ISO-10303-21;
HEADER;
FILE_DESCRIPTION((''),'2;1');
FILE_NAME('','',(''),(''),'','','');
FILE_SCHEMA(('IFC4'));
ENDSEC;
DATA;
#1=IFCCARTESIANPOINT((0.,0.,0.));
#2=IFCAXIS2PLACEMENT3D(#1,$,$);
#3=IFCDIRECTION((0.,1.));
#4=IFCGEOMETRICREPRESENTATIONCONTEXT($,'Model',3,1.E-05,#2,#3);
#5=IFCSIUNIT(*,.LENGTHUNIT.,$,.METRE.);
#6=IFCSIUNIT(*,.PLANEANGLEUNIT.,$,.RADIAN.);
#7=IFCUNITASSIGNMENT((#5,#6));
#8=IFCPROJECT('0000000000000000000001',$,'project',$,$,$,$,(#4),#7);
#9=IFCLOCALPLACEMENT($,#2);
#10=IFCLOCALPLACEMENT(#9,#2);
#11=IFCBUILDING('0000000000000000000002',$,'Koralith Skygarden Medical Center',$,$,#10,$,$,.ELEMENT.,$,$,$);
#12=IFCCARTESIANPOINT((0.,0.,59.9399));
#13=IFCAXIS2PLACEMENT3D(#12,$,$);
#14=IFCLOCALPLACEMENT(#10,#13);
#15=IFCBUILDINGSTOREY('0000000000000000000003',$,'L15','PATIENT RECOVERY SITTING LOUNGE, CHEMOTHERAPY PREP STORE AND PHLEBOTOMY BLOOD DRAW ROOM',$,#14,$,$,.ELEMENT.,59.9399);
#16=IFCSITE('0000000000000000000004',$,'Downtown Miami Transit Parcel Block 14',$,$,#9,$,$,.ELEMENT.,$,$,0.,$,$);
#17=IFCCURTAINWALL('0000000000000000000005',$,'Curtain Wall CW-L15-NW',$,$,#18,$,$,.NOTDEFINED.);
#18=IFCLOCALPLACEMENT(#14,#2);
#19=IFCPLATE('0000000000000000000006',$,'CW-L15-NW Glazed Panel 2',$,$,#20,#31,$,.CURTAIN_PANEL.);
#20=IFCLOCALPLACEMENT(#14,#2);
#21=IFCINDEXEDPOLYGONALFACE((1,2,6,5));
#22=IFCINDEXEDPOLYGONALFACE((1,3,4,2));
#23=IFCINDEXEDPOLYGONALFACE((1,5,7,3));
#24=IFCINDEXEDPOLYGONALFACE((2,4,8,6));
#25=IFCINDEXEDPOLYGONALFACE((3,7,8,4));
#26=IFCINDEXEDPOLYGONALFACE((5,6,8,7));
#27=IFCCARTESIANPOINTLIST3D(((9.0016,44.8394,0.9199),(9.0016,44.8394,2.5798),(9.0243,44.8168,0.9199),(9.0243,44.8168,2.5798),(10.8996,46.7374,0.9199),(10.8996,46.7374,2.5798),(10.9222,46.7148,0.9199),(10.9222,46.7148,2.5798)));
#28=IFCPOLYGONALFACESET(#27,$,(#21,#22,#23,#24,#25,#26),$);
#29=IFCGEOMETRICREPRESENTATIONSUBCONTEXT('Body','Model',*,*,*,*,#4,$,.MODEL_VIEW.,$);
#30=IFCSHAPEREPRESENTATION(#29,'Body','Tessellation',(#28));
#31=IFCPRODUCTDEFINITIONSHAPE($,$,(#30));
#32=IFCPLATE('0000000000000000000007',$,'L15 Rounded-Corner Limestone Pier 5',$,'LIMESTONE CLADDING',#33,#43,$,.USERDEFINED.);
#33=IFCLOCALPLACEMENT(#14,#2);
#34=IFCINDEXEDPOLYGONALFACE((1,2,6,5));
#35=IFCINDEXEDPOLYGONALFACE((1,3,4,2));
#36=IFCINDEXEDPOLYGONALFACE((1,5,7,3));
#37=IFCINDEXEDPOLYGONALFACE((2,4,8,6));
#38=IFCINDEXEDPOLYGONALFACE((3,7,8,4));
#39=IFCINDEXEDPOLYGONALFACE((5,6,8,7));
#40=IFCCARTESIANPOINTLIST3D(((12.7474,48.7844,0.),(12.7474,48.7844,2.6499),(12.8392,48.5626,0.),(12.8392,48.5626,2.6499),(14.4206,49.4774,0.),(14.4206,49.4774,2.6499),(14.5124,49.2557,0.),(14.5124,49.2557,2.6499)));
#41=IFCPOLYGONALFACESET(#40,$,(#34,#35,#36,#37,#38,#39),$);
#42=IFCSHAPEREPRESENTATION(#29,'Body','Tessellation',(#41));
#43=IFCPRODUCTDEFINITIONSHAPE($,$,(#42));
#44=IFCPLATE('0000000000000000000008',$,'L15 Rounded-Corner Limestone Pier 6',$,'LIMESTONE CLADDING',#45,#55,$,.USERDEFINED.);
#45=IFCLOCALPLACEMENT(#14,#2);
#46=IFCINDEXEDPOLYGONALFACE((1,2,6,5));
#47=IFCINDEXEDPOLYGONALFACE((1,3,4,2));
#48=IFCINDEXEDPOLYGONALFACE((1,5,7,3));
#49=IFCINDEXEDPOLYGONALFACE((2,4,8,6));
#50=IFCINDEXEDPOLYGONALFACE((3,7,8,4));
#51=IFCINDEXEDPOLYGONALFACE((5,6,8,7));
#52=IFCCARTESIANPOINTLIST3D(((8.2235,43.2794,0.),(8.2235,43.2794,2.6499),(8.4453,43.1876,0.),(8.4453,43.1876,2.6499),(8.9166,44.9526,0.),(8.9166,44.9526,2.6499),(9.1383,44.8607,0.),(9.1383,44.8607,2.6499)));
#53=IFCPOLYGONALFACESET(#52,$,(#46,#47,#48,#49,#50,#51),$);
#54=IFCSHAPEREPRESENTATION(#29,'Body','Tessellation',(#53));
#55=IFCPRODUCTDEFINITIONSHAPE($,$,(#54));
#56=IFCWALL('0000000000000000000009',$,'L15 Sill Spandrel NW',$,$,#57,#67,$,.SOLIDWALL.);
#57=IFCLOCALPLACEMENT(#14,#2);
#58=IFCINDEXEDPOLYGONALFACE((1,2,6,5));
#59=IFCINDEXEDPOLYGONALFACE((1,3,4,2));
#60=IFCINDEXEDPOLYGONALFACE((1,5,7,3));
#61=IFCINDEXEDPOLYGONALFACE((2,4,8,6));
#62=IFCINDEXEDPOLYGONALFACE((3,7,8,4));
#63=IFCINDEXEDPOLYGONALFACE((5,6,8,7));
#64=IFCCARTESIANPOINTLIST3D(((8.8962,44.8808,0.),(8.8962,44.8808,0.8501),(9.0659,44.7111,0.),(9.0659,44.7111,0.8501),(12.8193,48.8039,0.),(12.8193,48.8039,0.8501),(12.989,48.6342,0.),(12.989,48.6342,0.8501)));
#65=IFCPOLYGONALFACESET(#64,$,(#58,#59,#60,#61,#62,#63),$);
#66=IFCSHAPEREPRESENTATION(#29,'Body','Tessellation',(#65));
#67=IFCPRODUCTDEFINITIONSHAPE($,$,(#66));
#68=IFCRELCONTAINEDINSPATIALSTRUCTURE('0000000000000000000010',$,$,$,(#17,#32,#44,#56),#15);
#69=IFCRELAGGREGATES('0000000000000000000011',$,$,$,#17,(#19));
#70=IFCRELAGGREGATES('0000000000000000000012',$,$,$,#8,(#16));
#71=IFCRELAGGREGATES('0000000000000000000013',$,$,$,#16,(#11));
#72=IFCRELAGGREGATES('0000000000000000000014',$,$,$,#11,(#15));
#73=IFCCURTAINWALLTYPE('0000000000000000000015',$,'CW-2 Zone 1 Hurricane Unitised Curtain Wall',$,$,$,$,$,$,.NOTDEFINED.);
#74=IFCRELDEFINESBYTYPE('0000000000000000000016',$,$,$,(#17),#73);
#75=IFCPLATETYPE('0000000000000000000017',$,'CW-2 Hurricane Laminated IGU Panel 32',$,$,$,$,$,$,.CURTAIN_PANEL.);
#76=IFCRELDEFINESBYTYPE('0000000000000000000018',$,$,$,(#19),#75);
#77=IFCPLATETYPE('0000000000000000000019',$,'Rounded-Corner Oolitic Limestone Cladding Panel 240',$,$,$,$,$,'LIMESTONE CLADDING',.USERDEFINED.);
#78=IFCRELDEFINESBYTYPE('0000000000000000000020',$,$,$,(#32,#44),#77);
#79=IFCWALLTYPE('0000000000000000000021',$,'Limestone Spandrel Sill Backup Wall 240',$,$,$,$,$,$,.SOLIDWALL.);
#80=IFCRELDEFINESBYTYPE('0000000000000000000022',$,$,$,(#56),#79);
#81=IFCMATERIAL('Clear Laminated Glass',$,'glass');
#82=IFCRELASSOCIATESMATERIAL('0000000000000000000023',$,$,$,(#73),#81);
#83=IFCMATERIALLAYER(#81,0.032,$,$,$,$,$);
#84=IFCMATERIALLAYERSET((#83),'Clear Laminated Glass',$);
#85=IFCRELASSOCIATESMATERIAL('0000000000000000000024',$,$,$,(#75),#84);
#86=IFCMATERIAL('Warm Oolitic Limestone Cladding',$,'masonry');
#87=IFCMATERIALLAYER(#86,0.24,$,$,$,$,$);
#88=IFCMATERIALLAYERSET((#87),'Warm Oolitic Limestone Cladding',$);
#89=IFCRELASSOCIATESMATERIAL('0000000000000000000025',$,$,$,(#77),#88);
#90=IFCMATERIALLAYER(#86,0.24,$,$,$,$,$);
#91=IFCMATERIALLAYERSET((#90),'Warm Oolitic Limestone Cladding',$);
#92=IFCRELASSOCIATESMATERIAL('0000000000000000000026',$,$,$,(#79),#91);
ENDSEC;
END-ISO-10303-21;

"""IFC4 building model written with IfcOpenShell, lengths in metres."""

from ifc_helpers import new_model, si_unit, direction, frame, frame_2d, origin, origin_2d, place, context, subcontext, project, spatial, rectangle, extrude, material, layer, layer_set, type_object, element, aggregate, save


model = new_model("IFC4")

# Units and contexts
model_context = context("Model", 3, precision=1e-05, world=origin(), true_north=direction((0.0, 1.0)))
body_context = subcontext(model_context, "Body", "Model", "MODEL_VIEW")
ifc_project = project(units=[si_unit("LENGTHUNIT", "METRE"), si_unit("PLANEANGLEUNIT", "RADIAN")], contexts=[model_context])

# Site, building, storey
site_placement = place(None, origin())
site = spatial("IfcSite", under=ifc_project, at=site_placement, Name="Downtown Miami Transit Parcel Block 14", CompositionType="ELEMENT", RefElevation=0.0)
building_placement = place(site_placement, origin())
building = spatial("IfcBuilding", under=site, at=building_placement, Name="Koralith Skygarden Medical Center", CompositionType="ELEMENT")
storey_placement = place(building_placement, frame((0.0, 0.0, 59.9399)))
storey = spatial("IfcBuildingStorey", under=building, at=storey_placement, Name="L15", Description="PATIENT RECOVERY SITTING LOUNGE, CHEMOTHERAPY PREP STORE AND PHLEBOTOMY BLOOD DRAW ROOM", CompositionType="ELEMENT", Elevation=59.9399)

# Curtain wall
ifc_material_1 = material(Name="Clear Laminated Glass", Category="glass")
curtain_wall_type = type_object("IfcCurtainWallType", Name="CW-2 Zone 1 Hurricane Unitised Curtain Wall", PredefinedType="NOTDEFINED", material=ifc_material_1)
curtain_wall_1_placement = place(storey_placement, origin())
curtain_wall_1 = element("IfcCurtainWall", 1, at=curtain_wall_1_placement, inside=storey, type_object=curtain_wall_type, Name="Curtain Wall CW-L15-NW", PredefinedType="NOTDEFINED")

# Plate
ifc_layer_1 = layer(ifc_material_1, 0.032)
ifc_layer_set_1 = layer_set([ifc_layer_1], Name="Clear Laminated Glass")
plate_type_1 = type_object("IfcPlateType", Name="CW-2 Hurricane Laminated IGU Panel 32", PredefinedType="CURTAIN_PANEL", material=ifc_layer_set_1)
plate_1_placement = place(storey_placement, frame((9.9619, 45.7771, 0.9199), z_axis=(0.0, 0.0, 1.0), x_axis=(-0.707107, -0.707107, 0.0)))
plate_1 = element("IfcPlate", 2, at=plate_1_placement, type_object=plate_type_1, Name="CW-L15-NW Glazed Panel 2", PredefinedType="CURTAIN_PANEL", context=body_context, shape_type="SweptSolid", body=[
    extrude(rectangle(XDim=2.6841, YDim=0.032, at=origin_2d()), origin(), (0.0, 0.0, 1.0), 1.6599),
])
aggregate(curtain_wall_1, [plate_1])

# Plates
ifc_material_2 = material(Name="Warm Oolitic Limestone Cladding", Category="masonry")
ifc_layer_2 = layer(ifc_material_2, 0.24)
ifc_layer_set_2 = layer_set([ifc_layer_2], Name="Warm Oolitic Limestone Cladding")
plate_type_2 = type_object("IfcPlateType", Name="Rounded-Corner Oolitic Limestone Cladding Panel 240", ElementType="LIMESTONE CLADDING", PredefinedType="USERDEFINED", material=ifc_layer_set_2)
for number, where, z_axis, x_axis, name in (
    (3, (13.6299, 49.02, 0.0), (0.0, 0.0, 1.0), (-0.923885, -0.382671, 0.0), "L15 Rounded-Corner Limestone Pier 5"),
    (4, (8.6809, 44.0701, 0.0), (0.0, 0.0, 1.0), (-0.382671, -0.923885, 0.0), "L15 Rounded-Corner Limestone Pier 6"),
):
    element("IfcPlate", number, at=place(storey_placement, frame(where, z_axis=z_axis, x_axis=x_axis)), inside=storey, type_object=plate_type_2, Name=name, ObjectType="LIMESTONE CLADDING", PredefinedType="USERDEFINED", context=body_context, shape_type="SweptSolid", body=[
        extrude(rectangle(XDim=1.811, YDim=0.24, at=origin_2d()), origin(), (0.0, 0.0, 1.0), 2.6499),
    ])

# Wall
ifc_layer_3 = layer(ifc_material_2, 0.24)
ifc_layer_set_3 = layer_set([ifc_layer_3], Name="Warm Oolitic Limestone Cladding")
wall_type = type_object("IfcWallType", Name="Limestone Spandrel Sill Backup Wall 240", PredefinedType="SOLIDWALL", material=ifc_layer_set_3)
wall_placement = place(storey_placement, frame((12.9041, 48.719, 0.0), z_axis=(0.0, 0.0, 1.0), x_axis=(-0.707107, -0.707107, 0.0)))
element("IfcWall", 5, at=wall_placement, inside=storey, type_object=wall_type, Name="L15 Sill Spandrel NW", PredefinedType="SOLIDWALL", context=body_context, shape_type="SweptSolid", body=[
    extrude(rectangle(XDim=5.5481, YDim=0.24, at=frame_2d((2.7739, 0.0))), origin(), (0.0, 0.0, 1.0), 0.8501),
])

save(model, "model.ifc")
